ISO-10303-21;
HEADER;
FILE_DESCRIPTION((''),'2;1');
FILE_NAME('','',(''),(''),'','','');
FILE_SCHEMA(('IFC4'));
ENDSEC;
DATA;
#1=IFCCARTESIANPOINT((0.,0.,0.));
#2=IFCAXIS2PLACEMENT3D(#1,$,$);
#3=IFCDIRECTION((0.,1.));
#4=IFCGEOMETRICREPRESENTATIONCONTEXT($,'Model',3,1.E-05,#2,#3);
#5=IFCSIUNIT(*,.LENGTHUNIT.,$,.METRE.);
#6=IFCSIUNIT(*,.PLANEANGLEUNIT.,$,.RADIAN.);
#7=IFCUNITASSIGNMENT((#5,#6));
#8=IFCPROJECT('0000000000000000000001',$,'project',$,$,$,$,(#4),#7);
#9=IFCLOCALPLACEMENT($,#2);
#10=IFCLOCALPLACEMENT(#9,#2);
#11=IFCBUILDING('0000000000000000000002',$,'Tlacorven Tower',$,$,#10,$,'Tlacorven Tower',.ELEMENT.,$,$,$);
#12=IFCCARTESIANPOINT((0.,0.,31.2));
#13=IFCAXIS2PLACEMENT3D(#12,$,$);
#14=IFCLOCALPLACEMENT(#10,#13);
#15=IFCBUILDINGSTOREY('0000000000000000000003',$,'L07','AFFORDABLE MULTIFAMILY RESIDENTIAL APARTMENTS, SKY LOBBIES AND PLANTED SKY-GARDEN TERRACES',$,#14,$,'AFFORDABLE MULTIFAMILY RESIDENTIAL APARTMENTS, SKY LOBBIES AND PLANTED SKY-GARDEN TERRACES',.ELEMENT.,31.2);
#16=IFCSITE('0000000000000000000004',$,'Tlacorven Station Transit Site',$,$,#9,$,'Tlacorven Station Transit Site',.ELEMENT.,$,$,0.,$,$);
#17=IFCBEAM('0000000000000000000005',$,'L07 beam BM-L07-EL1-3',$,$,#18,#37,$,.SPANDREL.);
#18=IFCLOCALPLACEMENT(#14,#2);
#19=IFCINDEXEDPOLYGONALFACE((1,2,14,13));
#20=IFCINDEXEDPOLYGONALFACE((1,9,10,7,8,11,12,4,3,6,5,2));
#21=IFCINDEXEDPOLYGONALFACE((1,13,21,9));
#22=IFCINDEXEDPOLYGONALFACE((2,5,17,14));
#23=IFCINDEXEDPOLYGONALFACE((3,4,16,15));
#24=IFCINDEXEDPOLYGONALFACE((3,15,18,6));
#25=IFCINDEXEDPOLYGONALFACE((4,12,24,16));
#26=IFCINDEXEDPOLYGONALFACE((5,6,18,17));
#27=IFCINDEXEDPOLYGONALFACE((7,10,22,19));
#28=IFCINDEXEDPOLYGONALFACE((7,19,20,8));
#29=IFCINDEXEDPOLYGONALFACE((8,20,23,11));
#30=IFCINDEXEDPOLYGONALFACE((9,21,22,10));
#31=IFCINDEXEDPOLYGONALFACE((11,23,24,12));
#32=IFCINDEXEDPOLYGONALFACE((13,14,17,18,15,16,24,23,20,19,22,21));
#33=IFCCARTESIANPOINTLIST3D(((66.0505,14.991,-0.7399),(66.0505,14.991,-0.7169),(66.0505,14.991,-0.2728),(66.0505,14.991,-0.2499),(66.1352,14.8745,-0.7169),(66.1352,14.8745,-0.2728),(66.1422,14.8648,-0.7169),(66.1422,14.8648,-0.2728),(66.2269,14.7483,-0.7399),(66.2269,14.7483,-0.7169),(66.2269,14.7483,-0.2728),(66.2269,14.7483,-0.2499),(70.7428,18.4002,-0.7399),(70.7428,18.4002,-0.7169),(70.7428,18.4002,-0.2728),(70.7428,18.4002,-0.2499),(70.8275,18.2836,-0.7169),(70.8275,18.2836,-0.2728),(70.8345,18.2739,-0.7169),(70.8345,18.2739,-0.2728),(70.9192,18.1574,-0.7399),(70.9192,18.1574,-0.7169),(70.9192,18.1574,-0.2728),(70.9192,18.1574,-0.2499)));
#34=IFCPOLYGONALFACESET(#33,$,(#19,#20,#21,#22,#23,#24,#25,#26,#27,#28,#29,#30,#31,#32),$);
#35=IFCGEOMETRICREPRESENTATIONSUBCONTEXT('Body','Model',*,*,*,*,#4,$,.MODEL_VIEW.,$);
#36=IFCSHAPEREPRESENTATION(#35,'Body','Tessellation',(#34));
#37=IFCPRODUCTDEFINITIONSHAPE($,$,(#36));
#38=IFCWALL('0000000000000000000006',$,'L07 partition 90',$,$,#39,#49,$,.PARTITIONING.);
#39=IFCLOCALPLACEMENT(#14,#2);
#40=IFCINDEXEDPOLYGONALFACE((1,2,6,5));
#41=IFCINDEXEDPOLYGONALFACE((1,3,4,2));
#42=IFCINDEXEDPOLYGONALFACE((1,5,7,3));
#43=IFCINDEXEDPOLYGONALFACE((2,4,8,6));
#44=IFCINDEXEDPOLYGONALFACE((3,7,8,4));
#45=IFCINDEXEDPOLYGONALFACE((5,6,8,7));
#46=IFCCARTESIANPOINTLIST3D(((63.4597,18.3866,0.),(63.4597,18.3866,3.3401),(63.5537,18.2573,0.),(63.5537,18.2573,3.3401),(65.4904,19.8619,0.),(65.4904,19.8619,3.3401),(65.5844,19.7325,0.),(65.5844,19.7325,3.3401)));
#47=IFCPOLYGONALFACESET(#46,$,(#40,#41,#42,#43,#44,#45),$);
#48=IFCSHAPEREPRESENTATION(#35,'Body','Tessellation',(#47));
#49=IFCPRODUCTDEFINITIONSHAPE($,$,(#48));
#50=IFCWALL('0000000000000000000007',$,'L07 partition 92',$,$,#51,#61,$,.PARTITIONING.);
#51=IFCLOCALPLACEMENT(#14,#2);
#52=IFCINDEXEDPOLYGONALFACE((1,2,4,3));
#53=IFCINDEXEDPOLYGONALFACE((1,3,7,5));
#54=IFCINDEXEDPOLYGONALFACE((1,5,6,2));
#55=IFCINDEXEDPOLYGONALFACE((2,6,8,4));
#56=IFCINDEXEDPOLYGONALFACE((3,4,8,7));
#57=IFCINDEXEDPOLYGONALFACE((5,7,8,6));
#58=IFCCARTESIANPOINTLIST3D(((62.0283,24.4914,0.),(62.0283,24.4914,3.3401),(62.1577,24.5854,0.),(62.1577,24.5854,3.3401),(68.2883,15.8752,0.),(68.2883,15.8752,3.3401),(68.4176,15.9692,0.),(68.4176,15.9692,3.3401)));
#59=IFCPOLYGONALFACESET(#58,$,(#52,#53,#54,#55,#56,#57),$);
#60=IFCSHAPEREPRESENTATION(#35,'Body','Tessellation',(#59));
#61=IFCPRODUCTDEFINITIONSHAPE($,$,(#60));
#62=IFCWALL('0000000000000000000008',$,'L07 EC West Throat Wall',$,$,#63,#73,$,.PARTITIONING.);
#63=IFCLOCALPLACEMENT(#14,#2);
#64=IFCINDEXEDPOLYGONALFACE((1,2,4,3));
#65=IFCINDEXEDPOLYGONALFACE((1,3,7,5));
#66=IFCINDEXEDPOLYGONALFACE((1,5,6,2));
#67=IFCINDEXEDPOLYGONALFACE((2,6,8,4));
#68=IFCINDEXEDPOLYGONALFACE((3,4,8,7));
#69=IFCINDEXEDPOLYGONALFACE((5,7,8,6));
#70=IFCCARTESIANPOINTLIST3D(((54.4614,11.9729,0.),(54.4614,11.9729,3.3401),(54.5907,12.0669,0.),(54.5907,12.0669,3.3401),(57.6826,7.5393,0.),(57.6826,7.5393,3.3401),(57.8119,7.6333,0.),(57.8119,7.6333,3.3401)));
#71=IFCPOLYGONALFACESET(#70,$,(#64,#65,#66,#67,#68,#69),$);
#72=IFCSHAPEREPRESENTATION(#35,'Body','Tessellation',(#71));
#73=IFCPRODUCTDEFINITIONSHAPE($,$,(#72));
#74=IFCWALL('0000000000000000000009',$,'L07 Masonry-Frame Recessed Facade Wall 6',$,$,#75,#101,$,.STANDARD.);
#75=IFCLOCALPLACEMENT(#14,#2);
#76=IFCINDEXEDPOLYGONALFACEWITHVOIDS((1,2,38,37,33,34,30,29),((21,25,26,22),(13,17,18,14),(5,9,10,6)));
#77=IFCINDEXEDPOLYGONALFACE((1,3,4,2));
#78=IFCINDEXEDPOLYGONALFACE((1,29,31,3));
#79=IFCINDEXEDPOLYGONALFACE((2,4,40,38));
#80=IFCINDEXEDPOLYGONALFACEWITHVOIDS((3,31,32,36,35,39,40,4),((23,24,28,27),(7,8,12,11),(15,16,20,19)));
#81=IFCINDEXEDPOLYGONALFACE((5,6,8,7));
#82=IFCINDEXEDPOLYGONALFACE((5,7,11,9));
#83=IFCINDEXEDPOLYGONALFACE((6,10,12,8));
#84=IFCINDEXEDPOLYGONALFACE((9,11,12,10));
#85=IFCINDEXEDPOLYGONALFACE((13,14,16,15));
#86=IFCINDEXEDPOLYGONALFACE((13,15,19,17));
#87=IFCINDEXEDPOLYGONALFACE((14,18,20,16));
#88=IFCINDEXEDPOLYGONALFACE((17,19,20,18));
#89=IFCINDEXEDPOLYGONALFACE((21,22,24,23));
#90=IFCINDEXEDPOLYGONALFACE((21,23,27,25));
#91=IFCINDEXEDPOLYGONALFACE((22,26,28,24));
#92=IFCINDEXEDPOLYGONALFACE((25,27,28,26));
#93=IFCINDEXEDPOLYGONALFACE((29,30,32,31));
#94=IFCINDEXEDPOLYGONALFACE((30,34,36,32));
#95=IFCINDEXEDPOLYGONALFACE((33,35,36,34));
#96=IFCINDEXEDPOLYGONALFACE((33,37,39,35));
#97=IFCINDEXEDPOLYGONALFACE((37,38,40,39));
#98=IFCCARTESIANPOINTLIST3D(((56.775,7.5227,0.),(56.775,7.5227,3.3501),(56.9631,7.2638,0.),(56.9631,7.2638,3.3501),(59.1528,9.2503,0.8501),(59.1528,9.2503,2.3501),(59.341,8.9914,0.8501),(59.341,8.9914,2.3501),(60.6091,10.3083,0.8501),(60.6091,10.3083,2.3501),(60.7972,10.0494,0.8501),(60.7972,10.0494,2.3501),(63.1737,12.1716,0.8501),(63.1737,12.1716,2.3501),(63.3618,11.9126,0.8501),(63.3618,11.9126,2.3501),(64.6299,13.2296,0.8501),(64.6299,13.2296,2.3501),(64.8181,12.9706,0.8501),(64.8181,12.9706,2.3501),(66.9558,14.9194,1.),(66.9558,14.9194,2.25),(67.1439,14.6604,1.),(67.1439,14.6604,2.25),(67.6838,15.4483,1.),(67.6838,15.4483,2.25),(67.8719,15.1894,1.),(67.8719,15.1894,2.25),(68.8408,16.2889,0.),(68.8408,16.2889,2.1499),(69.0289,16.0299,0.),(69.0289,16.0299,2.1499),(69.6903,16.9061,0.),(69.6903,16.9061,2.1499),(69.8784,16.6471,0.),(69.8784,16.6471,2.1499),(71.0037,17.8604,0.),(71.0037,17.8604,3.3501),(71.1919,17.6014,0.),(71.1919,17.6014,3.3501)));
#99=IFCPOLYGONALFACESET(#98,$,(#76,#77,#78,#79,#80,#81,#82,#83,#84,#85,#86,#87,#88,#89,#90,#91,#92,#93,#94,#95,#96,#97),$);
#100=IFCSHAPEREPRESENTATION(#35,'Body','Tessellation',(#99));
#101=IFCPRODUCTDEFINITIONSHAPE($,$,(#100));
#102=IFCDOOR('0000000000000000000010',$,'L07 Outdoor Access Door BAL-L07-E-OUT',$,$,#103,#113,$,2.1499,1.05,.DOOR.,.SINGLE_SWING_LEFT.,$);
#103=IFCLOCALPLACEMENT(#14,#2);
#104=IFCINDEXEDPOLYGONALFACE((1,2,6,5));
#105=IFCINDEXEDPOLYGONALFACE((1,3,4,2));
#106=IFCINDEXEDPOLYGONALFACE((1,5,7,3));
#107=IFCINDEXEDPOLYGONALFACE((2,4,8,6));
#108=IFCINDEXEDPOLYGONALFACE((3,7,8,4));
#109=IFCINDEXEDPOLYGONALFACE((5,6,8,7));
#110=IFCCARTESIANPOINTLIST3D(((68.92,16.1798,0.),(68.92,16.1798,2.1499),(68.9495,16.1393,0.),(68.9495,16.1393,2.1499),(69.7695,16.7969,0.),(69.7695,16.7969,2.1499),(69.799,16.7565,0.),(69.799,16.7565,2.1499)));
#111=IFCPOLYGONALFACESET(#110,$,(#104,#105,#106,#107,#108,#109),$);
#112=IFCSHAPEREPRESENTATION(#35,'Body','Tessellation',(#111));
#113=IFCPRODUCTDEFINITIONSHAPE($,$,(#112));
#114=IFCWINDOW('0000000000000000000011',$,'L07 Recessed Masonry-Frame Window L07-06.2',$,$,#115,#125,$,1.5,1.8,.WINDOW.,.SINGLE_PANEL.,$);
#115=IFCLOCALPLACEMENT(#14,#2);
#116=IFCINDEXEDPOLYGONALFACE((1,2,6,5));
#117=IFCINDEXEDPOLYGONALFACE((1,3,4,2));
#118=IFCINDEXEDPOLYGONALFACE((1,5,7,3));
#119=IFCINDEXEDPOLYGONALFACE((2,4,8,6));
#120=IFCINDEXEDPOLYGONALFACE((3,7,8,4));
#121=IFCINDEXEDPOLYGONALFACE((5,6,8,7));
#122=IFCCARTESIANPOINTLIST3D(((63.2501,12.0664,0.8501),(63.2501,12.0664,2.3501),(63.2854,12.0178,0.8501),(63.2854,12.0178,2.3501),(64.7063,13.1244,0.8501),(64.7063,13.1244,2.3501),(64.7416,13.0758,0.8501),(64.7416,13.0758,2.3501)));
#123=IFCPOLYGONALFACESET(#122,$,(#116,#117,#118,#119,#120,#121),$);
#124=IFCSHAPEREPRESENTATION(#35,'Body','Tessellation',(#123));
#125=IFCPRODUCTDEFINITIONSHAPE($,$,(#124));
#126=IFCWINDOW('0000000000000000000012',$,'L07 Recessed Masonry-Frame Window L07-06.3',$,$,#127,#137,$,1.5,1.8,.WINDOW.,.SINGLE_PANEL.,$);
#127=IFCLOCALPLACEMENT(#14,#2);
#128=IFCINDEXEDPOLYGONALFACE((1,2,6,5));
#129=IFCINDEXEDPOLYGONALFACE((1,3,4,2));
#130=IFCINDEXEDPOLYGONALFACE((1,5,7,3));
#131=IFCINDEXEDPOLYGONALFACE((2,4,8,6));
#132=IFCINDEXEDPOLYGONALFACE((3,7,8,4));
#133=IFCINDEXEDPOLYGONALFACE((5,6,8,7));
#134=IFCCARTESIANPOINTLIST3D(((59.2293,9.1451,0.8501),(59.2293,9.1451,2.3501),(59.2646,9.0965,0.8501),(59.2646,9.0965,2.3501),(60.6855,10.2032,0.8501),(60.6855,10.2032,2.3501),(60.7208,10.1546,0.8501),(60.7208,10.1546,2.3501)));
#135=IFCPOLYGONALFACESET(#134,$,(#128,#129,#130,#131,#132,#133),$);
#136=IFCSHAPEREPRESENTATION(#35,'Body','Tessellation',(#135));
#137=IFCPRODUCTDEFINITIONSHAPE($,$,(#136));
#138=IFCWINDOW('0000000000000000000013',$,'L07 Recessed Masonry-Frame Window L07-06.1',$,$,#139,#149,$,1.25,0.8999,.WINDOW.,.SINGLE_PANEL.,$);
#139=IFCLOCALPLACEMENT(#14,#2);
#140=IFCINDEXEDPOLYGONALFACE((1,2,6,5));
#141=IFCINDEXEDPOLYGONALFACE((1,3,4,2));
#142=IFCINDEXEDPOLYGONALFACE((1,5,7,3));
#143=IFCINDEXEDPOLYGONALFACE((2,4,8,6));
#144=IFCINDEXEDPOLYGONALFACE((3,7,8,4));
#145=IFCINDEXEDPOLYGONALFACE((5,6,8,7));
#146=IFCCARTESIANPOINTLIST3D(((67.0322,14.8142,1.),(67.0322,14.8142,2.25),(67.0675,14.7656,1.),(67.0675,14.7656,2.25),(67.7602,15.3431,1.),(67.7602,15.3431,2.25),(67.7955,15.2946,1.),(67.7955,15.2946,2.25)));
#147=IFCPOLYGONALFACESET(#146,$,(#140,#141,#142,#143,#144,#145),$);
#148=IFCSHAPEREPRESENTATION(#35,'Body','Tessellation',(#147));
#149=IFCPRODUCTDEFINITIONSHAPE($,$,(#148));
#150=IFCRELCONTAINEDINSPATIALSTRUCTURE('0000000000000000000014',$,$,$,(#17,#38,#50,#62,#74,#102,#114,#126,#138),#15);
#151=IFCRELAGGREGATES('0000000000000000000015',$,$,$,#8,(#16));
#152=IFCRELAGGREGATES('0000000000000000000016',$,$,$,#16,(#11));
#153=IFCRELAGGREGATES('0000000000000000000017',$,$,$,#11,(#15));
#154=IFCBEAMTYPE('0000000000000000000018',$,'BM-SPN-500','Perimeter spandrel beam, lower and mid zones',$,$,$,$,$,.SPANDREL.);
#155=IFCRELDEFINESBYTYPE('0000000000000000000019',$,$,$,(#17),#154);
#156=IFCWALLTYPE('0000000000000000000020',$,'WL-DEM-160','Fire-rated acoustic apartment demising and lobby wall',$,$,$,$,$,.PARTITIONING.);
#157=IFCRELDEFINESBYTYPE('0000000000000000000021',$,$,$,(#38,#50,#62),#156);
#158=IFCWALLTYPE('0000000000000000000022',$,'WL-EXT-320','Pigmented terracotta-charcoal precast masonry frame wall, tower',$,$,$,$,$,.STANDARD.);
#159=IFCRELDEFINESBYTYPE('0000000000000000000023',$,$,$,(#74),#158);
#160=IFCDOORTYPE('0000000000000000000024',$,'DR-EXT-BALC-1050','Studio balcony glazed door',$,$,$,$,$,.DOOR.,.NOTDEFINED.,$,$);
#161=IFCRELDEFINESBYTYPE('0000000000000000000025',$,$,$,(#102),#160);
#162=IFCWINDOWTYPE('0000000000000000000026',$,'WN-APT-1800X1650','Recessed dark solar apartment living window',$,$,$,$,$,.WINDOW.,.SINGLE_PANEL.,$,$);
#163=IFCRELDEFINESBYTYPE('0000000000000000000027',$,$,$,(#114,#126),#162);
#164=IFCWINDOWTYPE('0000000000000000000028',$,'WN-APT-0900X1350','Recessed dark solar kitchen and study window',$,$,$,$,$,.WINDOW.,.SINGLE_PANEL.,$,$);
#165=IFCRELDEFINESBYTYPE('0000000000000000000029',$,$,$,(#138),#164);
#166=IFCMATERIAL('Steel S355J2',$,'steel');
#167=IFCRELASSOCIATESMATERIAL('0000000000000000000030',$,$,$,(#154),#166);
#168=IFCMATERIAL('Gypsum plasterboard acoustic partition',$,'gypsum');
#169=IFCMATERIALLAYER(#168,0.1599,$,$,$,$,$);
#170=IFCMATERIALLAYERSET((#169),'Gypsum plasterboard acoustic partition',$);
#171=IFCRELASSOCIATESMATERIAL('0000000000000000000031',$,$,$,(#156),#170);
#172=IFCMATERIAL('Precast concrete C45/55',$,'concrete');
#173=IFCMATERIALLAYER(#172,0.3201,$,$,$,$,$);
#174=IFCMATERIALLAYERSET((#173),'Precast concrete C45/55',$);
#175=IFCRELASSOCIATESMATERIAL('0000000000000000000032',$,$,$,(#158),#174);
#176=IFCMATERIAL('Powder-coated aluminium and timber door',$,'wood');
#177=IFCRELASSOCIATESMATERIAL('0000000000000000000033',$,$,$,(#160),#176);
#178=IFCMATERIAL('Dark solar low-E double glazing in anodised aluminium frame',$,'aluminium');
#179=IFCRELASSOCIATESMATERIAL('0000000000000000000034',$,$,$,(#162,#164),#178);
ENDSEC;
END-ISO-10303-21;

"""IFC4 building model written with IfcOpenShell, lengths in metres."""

from ifc_helpers import new_model, si_unit, direction, frame, frame_2d, origin, origin_2d, place, context, subcontext, project, spatial, rectangle, i_section, extrude, source, transform, mapped, material, layer, layer_set, material_profile, profile_set, type_object, element, fill, save


model = new_model("IFC4")

# Units and contexts
model_context = context("Model", 3, precision=1e-05, world=origin(), true_north=direction((0.0, 1.0)))
body_context = subcontext(model_context, "Body", "Model", "MODEL_VIEW")
ifc_project = project(units=[si_unit("LENGTHUNIT", "METRE"), si_unit("PLANEANGLEUNIT", "RADIAN")], contexts=[model_context])

# Site, building, storey
site_placement = place(None, origin())
site = spatial("IfcSite", under=ifc_project, at=site_placement, Name="Tlacorven Station Transit Site", LongName="Tlacorven Station Transit Site", CompositionType="ELEMENT", RefElevation=0.0)
building_placement = place(site_placement, origin())
building = spatial("IfcBuilding", under=site, at=building_placement, Name="Tlacorven Tower", LongName="Tlacorven Tower", CompositionType="ELEMENT")
storey_placement = place(building_placement, frame((0.0, 0.0, 31.2)))
storey = spatial("IfcBuildingStorey", under=building, at=storey_placement, Name="L07", Description="AFFORDABLE MULTIFAMILY RESIDENTIAL APARTMENTS, SKY LOBBIES AND PLANTED SKY-GARDEN TERRACES", LongName="AFFORDABLE MULTIFAMILY RESIDENTIAL APARTMENTS, SKY LOBBIES AND PLANTED SKY-GARDEN TERRACES", CompositionType="ELEMENT", Elevation=31.2)

# Beam
ifc_material_1 = material(Name="Steel S355J2", Category="steel")
ifc_material_profile_1 = material_profile(ifc_material_1, i_section(OverallWidth=0.3, OverallDepth=0.49, WebThickness=0.012, FlangeThickness=0.0229, at=origin_2d()), Name="HEA 500")
ifc_profile_set_1 = profile_set([ifc_material_profile_1], Name="Steel S355J2")
beam_type_1 = type_object("IfcBeamType", Name="BM-SPN-500", Description="Perimeter spandrel beam, lower and mid zones", PredefinedType="SPANDREL", material=ifc_profile_set_1)
shared_shape_1 = source(origin(), body_context, "Body", "SweptSolid", [
    extrude(i_section(OverallWidth=0.3, OverallDepth=0.49, WebThickness=0.012, FlangeThickness=0.0229, at=origin_2d()), origin(), (0.0, 0.0, 1.0), 5.8),
])
beam_1_placement = place(storey_placement, frame((66.1387, 14.8696, -0.4949), z_axis=(0.80902, 0.587781, 0.0), x_axis=(-0.587781, 0.80902, 0.0)))
element("IfcBeam", 1, at=beam_1_placement, inside=storey, type_object=beam_type_1, Name="L07 beam BM-L07-EL1-3", PredefinedType="SPANDREL", context=body_context, shape_type="MappedRepresentation", body=[
    mapped(shared_shape_1, transform((0.0, 0.0, 0.0), scale=1.0)),
])

# Walls
ifc_material_2 = material(Name="Gypsum plasterboard acoustic partition", Category="gypsum")
ifc_layer_1 = layer(ifc_material_2, 0.1599)
ifc_layer_set_1 = layer_set([ifc_layer_1], Name="Gypsum plasterboard acoustic partition")
wall_type_1 = type_object("IfcWallType", Name="WL-DEM-160", Description="Fire-rated acoustic apartment demising and lobby wall", PredefinedType="PARTITIONING", material=ifc_layer_set_1)
wall_1_placement = place(storey_placement, frame((63.5068, 18.322, 0.0), z_axis=(0.0, 0.0, 1.0), x_axis=(0.809035, 0.587761, 0.0)))
element("IfcWall", 2, at=wall_1_placement, inside=storey, type_object=wall_type_1, Name="L07 partition 90", PredefinedType="PARTITIONING", context=body_context, shape_type="SweptSolid", body=[
    extrude(rectangle(XDim=2.51, YDim=0.1599, at=frame_2d((1.2549, 0.0))), origin(), (0.0, 0.0, 1.0), 3.3401),
])
wall_2_placement = place(storey_placement, frame((68.353, 15.9221, 0.0), z_axis=(0.0, 0.0, 1.0), x_axis=(-0.587783, 0.809019, 0.0)))
element("IfcWall", 3, at=wall_2_placement, inside=storey, type_object=wall_type_1, Name="L07 partition 92", PredefinedType="PARTITIONING", context=body_context, shape_type="SweptSolid", body=[
    extrude(rectangle(XDim=10.6501, YDim=0.1599, at=frame_2d((5.3252, 0.0))), origin(), (0.0, 0.0, 1.0), 3.3401),
])
wall_3_placement = place(storey_placement, frame((57.7473, 7.5862, 0.0), z_axis=(0.0, 0.0, 1.0), x_axis=(-0.587785, 0.809017, 0.0)))
element("IfcWall", 4, at=wall_3_placement, inside=storey, type_object=wall_type_1, Name="L07 EC West Throat Wall", PredefinedType="PARTITIONING", context=body_context, shape_type="SweptSolid", body=[
    extrude(rectangle(XDim=5.4802, YDim=0.1599, at=frame_2d((2.7402, 0.0))), origin(), (0.0, 0.0, 1.0), 3.3401),
])

# Wall, openings, door, windows
ifc_material_3 = material(Name="Precast concrete C45/55", Category="concrete")
ifc_layer_2 = layer(ifc_material_3, 0.3201)
ifc_layer_set_2 = layer_set([ifc_layer_2], Name="Precast concrete C45/55")
wall_type_2 = type_object("IfcWallType", Name="WL-EXT-320", Description="Pigmented terracotta-charcoal precast masonry frame wall, tower", PredefinedType="STANDARD", material=ifc_layer_set_2)
wall_4_placement = place(storey_placement, frame((71.0979, 17.731, 0.0), z_axis=(0.0, 0.0, 1.0), x_axis=(-0.809021, -0.58778, 0.0)))
wall_4 = element("IfcWall", 5, at=wall_4_placement, inside=storey, type_object=wall_type_2, Name="L07 Masonry-Frame Recessed Facade Wall 6", PredefinedType="STANDARD", context=body_context, shape_type="SweptSolid", body=[
    extrude(rectangle(XDim=17.5876, YDim=0.3201, at=frame_2d((8.7939, 0.0))), origin(), (0.0, 0.0, 1.0), 3.3501),
])
opening_1_placement = place(wall_4_placement, frame((1.6238, 0.0, 0.0)))
opening_1 = element("IfcOpeningElement", 6, at=opening_1_placement, cuts=wall_4, PredefinedType="OPENING", context=body_context, shape_type="SweptSolid", body=[
    extrude(rectangle(XDim=1.05, YDim=2.1499, at=frame_2d((0.5249, 1.075))), frame((0.0, 0.1699, 0.0), z_axis=(0.0, -1.0, 0.0), x_axis=(1.0, 0.0, 0.0)), (0.0, 0.0, 1.0), 0.3401),
])
opening_2_placement = place(wall_4_placement, frame((4.1038, 0.0, 1.0)))
opening_2 = element("IfcOpeningElement", 7, at=opening_2_placement, cuts=wall_4, PredefinedType="OPENING", context=body_context, shape_type="SweptSolid", body=[
    extrude(rectangle(XDim=0.8999, YDim=1.25, at=frame_2d((0.45, 0.625))), frame((0.0, 0.1699, 0.0), z_axis=(0.0, -1.0, 0.0), x_axis=(1.0, 0.0, 0.0)), (0.0, 0.0, 1.0), 0.3401),
])
opening_3_placement = place(wall_4_placement, frame((7.8787, 0.0, 0.8501)))
opening_3 = element("IfcOpeningElement", 8, at=opening_3_placement, cuts=wall_4, PredefinedType="OPENING", context=body_context, shape_type="SweptSolid", body=[
    extrude(rectangle(XDim=1.8, YDim=1.5, at=frame_2d((0.8999, 0.75))), frame((0.0, 0.1699, 0.0), z_axis=(0.0, -1.0, 0.0), x_axis=(1.0, 0.0, 0.0)), (0.0, 0.0, 1.0), 0.3401),
])
opening_4_placement = place(wall_4_placement, frame((12.8486, 0.0, 0.8501)))
opening_4 = element("IfcOpeningElement", 9, at=opening_4_placement, cuts=wall_4, PredefinedType="OPENING", context=body_context, shape_type="SweptSolid", body=[
    extrude(rectangle(XDim=1.8, YDim=1.5, at=frame_2d((0.8999, 0.75))), frame((0.0, 0.1699, 0.0), z_axis=(0.0, -1.0, 0.0), x_axis=(1.0, 0.0, 0.0)), (0.0, 0.0, 1.0), 0.3401),
])
ifc_material_4 = material(Name="Powder-coated aluminium and timber door", Category="wood")
door_type_1 = type_object("IfcDoorType", Name="DR-EXT-BALC-1050", Description="Studio balcony glazed door", OperationType="NOTDEFINED", PredefinedType="DOOR", material=ifc_material_4)
shared_shape_2 = source(origin(), body_context, "Body", "SweptSolid", [
    extrude(rectangle(XDim=1.05, YDim=2.1499, at=frame_2d((0.5249, 1.075))), frame((0.0, 0.0249, 0.0), z_axis=(0.0, -1.0, 0.0), x_axis=(1.0, 0.0, 0.0)), (0.0, 0.0, 1.0), 0.05),
])
door_1_placement = place(opening_1_placement, origin())
door_1 = element("IfcDoor", 10, at=door_1_placement, inside=storey, type_object=door_type_1, Name="L07 Outdoor Access Door BAL-L07-E-OUT", OperationType="SINGLE_SWING_LEFT", OverallHeight=2.1499, OverallWidth=1.05, PredefinedType="DOOR", context=body_context, shape_type="MappedRepresentation", body=[
    mapped(shared_shape_2, transform((0.0, 0.0, 0.0), scale=1.0)),
])
fill(opening_1, door_1)
ifc_material_5 = material(Name="Dark solar low-E double glazing in anodised aluminium frame", Category="aluminium")
window_type_1 = type_object("IfcWindowType", Name="WN-APT-1800X1650", Description="Recessed dark solar apartment living window", PartitioningType="SINGLE_PANEL", PredefinedType="WINDOW", material=ifc_material_5)
shared_shape_3 = source(origin(), body_context, "Body", "SweptSolid", [
    extrude(rectangle(XDim=1.8, YDim=1.5, at=frame_2d((0.8999, 0.75))), frame((0.0, 0.03, 0.0), z_axis=(0.0, -1.0, 0.0), x_axis=(1.0, 0.0, 0.0)), (0.0, 0.0, 1.0), 0.0601),
])
window_1_placement = place(opening_3_placement, origin())
window_1 = element("IfcWindow", 11, at=window_1_placement, inside=storey, type_object=window_type_1, Name="L07 Recessed Masonry-Frame Window L07-06.2", OverallHeight=1.5, OverallWidth=1.8, PartitioningType="SINGLE_PANEL", PredefinedType="WINDOW", context=body_context, shape_type="MappedRepresentation", body=[
    mapped(shared_shape_3, transform((0.0, 0.0, 0.0), scale=1.0)),
])
fill(opening_3, window_1)
window_2_placement = place(opening_4_placement, origin())
window_2 = element("IfcWindow", 12, at=window_2_placement, inside=storey, type_object=window_type_1, Name="L07 Recessed Masonry-Frame Window L07-06.3", OverallHeight=1.5, OverallWidth=1.8, PartitioningType="SINGLE_PANEL", PredefinedType="WINDOW", context=body_context, shape_type="MappedRepresentation", body=[
    mapped(shared_shape_3, transform((0.0, 0.0, 0.0), scale=1.0)),
])
fill(opening_4, window_2)
window_type_2 = type_object("IfcWindowType", Name="WN-APT-0900X1350", Description="Recessed dark solar kitchen and study window", PartitioningType="SINGLE_PANEL", PredefinedType="WINDOW", material=ifc_material_5)
shared_shape_4 = source(origin(), body_context, "Body", "SweptSolid", [
    extrude(rectangle(XDim=0.8999, YDim=1.25, at=frame_2d((0.45, 0.625))), frame((0.0, 0.03, 0.0), z_axis=(0.0, -1.0, 0.0), x_axis=(1.0, 0.0, 0.0)), (0.0, 0.0, 1.0), 0.0601),
])
window_3_placement = place(opening_2_placement, origin())
window_3 = element("IfcWindow", 13, at=window_3_placement, inside=storey, type_object=window_type_2, Name="L07 Recessed Masonry-Frame Window L07-06.1", OverallHeight=1.25, OverallWidth=0.8999, PartitioningType="SINGLE_PANEL", PredefinedType="WINDOW", context=body_context, shape_type="MappedRepresentation", body=[
    mapped(shared_shape_4, transform((0.0, 0.0, 0.0), scale=1.0)),
])
fill(opening_2, window_3)

save(model, "model.ifc")
